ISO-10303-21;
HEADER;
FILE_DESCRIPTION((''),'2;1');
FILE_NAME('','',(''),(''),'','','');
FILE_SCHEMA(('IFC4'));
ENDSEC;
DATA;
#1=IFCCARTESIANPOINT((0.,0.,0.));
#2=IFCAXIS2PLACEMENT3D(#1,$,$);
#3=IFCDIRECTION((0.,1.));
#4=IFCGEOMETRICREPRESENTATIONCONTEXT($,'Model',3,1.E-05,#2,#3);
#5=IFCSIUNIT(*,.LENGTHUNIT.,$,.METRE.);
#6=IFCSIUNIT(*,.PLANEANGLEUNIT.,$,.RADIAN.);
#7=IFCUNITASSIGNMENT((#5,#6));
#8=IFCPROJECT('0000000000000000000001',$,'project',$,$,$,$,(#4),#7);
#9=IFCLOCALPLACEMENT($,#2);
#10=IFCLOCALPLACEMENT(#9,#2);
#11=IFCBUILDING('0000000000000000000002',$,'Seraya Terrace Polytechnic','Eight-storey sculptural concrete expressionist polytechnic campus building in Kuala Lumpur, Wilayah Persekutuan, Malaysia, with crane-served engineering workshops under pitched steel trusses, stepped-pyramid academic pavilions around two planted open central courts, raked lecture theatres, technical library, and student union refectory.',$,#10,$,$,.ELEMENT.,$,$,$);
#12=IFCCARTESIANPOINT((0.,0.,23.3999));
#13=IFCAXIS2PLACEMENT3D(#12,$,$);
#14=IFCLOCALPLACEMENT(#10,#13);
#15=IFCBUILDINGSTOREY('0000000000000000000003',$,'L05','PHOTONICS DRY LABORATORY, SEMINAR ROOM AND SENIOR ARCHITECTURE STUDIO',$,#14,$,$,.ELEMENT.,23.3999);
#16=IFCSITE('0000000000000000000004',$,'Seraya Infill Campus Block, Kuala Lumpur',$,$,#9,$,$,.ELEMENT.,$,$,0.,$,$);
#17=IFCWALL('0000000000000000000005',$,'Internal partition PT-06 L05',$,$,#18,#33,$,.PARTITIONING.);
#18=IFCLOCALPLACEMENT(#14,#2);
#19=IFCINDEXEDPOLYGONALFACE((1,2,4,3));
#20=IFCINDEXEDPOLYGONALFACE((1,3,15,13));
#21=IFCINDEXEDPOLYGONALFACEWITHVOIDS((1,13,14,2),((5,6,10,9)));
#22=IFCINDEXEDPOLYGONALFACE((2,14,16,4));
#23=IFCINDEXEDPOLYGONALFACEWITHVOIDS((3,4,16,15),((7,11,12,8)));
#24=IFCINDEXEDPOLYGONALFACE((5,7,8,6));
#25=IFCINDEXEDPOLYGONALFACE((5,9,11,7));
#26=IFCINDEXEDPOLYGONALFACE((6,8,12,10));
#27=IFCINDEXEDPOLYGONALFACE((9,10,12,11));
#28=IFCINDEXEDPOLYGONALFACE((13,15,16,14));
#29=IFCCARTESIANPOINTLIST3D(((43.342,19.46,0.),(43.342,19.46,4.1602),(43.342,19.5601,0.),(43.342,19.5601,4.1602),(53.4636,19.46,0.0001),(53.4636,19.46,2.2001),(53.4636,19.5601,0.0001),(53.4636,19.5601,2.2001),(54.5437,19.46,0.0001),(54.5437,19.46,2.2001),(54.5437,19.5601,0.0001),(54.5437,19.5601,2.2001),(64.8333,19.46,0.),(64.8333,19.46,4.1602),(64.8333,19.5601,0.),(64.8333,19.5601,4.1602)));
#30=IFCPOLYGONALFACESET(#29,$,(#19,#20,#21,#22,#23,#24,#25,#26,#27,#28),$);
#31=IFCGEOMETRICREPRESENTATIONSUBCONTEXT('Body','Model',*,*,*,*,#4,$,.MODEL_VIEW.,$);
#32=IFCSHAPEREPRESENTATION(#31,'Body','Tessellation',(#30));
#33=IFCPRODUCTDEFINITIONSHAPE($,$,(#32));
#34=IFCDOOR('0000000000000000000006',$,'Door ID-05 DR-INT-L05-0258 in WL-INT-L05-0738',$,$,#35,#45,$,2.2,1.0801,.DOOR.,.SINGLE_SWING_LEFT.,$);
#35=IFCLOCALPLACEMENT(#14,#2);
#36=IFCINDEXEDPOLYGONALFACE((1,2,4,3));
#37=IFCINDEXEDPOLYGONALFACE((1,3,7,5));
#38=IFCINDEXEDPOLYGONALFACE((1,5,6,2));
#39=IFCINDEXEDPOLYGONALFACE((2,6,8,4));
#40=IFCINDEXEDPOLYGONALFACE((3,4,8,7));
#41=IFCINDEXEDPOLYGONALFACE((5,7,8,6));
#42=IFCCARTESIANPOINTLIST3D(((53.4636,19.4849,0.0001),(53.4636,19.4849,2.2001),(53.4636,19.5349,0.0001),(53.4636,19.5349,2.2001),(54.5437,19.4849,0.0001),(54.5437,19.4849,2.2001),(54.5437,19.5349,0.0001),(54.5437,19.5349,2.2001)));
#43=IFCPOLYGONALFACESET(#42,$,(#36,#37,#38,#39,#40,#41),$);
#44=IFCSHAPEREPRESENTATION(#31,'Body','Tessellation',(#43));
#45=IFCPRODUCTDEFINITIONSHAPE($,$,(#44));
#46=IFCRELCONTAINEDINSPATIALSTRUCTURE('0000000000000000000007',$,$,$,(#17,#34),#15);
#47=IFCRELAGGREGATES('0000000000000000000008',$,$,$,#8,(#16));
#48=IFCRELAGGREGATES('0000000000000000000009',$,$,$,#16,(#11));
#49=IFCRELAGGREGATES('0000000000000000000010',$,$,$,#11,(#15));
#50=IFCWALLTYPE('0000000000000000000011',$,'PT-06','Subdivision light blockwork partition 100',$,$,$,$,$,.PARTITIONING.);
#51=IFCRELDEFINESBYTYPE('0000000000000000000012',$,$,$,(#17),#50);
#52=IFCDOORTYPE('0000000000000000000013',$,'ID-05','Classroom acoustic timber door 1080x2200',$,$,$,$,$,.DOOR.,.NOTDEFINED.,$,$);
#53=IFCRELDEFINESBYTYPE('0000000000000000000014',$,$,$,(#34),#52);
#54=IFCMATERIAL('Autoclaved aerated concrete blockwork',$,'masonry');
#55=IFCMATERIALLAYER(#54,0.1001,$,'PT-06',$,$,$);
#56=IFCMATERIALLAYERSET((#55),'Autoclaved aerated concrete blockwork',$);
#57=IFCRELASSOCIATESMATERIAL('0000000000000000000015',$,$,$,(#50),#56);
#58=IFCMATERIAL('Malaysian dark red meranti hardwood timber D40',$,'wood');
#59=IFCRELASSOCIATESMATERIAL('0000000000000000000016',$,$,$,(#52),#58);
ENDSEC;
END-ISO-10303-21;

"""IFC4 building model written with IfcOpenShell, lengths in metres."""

from ifc_helpers import new_model, si_unit, direction, frame, frame_2d, origin, place, context, subcontext, project, spatial, rectangle, extrude, material, layer, layer_set, type_object, element, fill, save


model = new_model("IFC4")

# Units and contexts
model_context = context("Model", 3, precision=1e-05, world=origin(), true_north=direction((0.0, 1.0)))
body_context = subcontext(model_context, "Body", "Model", "MODEL_VIEW")
ifc_project = project(units=[si_unit("LENGTHUNIT", "METRE"), si_unit("PLANEANGLEUNIT", "RADIAN")], contexts=[model_context])

# Site, building, storey
site_placement = place(None, origin())
site = spatial("IfcSite", under=ifc_project, at=site_placement, Name="Seraya Infill Campus Block, Kuala Lumpur", CompositionType="ELEMENT", RefElevation=0.0)
building_placement = place(site_placement, origin())
building = spatial("IfcBuilding", under=site, at=building_placement, Name="Seraya Terrace Polytechnic", Description="Eight-storey sculptural concrete expressionist polytechnic campus building in Kuala Lumpur, Wilayah Persekutuan, Malaysia, with crane-served engineering workshops under pitched steel trusses, stepped-pyramid academic pavilions around two planted open central courts, raked lecture theatres, technical library, and student union refectory.", CompositionType="ELEMENT")
storey_placement = place(building_placement, frame((0.0, 0.0, 23.3999)))
storey = spatial("IfcBuildingStorey", under=building, at=storey_placement, Name="L05", Description="PHOTONICS DRY LABORATORY, SEMINAR ROOM AND SENIOR ARCHITECTURE STUDIO", CompositionType="ELEMENT", Elevation=23.3999)

# Shared definitions
ifc_material_1 = material(Name="Autoclaved aerated concrete blockwork", Category="masonry")

# Wall, opening, door
ifc_layer_1 = layer(ifc_material_1, 0.1001, Name="PT-06")
ifc_layer_set_1 = layer_set([ifc_layer_1], Name="Autoclaved aerated concrete blockwork")
wall_type_1 = type_object("IfcWallType", Name="PT-06", Description="Subdivision light blockwork partition 100", PredefinedType="PARTITIONING", material=ifc_layer_set_1)
wall_1_placement = place(storey_placement, frame((43.342, 19.51, 0.0), z_axis=(0.0, 0.0, 1.0), x_axis=(1.0, 0.0, 0.0)))
wall_1 = element("IfcWall", 1, at=wall_1_placement, inside=storey, type_object=wall_type_1, Name="Internal partition PT-06 L05", PredefinedType="PARTITIONING", context=body_context, shape_type="SweptSolid", body=[
    extrude(rectangle(XDim=21.4912, YDim=0.1001, at=frame_2d((10.7456, 0.0))), origin(), (0.0, 0.0, 1.0), 4.1602),
])
opening_placement = place(wall_1_placement, frame((10.1216, 0.0, 0.0)))
opening = element("IfcOpeningElement", 2, at=opening_placement, cuts=wall_1, PredefinedType="OPENING", context=body_context, shape_type="SweptSolid", body=[
    extrude(rectangle(XDim=1.0801, YDim=2.2, at=frame_2d((0.54, 1.1001))), frame((0.0, 0.062, 0.0), z_axis=(0.0, -1.0, 0.0), x_axis=(1.0, 0.0, 0.0)), (0.0, 0.0, 1.0), 0.124),
])
ifc_material_2 = material(Name="Malaysian dark red meranti hardwood timber D40", Category="wood")
door_type = type_object("IfcDoorType", Name="ID-05", Description="Classroom acoustic timber door 1080x2200", OperationType="NOTDEFINED", PredefinedType="DOOR", material=ifc_material_2)
door_placement = place(opening_placement, origin())
door = element("IfcDoor", 3, at=door_placement, inside=storey, type_object=door_type, Name="Door ID-05 DR-INT-L05-0258 in WL-INT-L05-0738", OperationType="SINGLE_SWING_LEFT", OverallHeight=2.2, OverallWidth=1.0801, PredefinedType="DOOR", context=body_context, shape_type="SweptSolid", body=[
    extrude(rectangle(XDim=1.0801, YDim=2.2, at=frame_2d((0.54, 1.1001))), frame((0.0, 0.0249, 0.0), z_axis=(0.0, -1.0, 0.0), x_axis=(1.0, 0.0, 0.0)), (0.0, 0.0, 1.0), 0.05),
])
fill(opening, door)

save(model, "model.ifc")
